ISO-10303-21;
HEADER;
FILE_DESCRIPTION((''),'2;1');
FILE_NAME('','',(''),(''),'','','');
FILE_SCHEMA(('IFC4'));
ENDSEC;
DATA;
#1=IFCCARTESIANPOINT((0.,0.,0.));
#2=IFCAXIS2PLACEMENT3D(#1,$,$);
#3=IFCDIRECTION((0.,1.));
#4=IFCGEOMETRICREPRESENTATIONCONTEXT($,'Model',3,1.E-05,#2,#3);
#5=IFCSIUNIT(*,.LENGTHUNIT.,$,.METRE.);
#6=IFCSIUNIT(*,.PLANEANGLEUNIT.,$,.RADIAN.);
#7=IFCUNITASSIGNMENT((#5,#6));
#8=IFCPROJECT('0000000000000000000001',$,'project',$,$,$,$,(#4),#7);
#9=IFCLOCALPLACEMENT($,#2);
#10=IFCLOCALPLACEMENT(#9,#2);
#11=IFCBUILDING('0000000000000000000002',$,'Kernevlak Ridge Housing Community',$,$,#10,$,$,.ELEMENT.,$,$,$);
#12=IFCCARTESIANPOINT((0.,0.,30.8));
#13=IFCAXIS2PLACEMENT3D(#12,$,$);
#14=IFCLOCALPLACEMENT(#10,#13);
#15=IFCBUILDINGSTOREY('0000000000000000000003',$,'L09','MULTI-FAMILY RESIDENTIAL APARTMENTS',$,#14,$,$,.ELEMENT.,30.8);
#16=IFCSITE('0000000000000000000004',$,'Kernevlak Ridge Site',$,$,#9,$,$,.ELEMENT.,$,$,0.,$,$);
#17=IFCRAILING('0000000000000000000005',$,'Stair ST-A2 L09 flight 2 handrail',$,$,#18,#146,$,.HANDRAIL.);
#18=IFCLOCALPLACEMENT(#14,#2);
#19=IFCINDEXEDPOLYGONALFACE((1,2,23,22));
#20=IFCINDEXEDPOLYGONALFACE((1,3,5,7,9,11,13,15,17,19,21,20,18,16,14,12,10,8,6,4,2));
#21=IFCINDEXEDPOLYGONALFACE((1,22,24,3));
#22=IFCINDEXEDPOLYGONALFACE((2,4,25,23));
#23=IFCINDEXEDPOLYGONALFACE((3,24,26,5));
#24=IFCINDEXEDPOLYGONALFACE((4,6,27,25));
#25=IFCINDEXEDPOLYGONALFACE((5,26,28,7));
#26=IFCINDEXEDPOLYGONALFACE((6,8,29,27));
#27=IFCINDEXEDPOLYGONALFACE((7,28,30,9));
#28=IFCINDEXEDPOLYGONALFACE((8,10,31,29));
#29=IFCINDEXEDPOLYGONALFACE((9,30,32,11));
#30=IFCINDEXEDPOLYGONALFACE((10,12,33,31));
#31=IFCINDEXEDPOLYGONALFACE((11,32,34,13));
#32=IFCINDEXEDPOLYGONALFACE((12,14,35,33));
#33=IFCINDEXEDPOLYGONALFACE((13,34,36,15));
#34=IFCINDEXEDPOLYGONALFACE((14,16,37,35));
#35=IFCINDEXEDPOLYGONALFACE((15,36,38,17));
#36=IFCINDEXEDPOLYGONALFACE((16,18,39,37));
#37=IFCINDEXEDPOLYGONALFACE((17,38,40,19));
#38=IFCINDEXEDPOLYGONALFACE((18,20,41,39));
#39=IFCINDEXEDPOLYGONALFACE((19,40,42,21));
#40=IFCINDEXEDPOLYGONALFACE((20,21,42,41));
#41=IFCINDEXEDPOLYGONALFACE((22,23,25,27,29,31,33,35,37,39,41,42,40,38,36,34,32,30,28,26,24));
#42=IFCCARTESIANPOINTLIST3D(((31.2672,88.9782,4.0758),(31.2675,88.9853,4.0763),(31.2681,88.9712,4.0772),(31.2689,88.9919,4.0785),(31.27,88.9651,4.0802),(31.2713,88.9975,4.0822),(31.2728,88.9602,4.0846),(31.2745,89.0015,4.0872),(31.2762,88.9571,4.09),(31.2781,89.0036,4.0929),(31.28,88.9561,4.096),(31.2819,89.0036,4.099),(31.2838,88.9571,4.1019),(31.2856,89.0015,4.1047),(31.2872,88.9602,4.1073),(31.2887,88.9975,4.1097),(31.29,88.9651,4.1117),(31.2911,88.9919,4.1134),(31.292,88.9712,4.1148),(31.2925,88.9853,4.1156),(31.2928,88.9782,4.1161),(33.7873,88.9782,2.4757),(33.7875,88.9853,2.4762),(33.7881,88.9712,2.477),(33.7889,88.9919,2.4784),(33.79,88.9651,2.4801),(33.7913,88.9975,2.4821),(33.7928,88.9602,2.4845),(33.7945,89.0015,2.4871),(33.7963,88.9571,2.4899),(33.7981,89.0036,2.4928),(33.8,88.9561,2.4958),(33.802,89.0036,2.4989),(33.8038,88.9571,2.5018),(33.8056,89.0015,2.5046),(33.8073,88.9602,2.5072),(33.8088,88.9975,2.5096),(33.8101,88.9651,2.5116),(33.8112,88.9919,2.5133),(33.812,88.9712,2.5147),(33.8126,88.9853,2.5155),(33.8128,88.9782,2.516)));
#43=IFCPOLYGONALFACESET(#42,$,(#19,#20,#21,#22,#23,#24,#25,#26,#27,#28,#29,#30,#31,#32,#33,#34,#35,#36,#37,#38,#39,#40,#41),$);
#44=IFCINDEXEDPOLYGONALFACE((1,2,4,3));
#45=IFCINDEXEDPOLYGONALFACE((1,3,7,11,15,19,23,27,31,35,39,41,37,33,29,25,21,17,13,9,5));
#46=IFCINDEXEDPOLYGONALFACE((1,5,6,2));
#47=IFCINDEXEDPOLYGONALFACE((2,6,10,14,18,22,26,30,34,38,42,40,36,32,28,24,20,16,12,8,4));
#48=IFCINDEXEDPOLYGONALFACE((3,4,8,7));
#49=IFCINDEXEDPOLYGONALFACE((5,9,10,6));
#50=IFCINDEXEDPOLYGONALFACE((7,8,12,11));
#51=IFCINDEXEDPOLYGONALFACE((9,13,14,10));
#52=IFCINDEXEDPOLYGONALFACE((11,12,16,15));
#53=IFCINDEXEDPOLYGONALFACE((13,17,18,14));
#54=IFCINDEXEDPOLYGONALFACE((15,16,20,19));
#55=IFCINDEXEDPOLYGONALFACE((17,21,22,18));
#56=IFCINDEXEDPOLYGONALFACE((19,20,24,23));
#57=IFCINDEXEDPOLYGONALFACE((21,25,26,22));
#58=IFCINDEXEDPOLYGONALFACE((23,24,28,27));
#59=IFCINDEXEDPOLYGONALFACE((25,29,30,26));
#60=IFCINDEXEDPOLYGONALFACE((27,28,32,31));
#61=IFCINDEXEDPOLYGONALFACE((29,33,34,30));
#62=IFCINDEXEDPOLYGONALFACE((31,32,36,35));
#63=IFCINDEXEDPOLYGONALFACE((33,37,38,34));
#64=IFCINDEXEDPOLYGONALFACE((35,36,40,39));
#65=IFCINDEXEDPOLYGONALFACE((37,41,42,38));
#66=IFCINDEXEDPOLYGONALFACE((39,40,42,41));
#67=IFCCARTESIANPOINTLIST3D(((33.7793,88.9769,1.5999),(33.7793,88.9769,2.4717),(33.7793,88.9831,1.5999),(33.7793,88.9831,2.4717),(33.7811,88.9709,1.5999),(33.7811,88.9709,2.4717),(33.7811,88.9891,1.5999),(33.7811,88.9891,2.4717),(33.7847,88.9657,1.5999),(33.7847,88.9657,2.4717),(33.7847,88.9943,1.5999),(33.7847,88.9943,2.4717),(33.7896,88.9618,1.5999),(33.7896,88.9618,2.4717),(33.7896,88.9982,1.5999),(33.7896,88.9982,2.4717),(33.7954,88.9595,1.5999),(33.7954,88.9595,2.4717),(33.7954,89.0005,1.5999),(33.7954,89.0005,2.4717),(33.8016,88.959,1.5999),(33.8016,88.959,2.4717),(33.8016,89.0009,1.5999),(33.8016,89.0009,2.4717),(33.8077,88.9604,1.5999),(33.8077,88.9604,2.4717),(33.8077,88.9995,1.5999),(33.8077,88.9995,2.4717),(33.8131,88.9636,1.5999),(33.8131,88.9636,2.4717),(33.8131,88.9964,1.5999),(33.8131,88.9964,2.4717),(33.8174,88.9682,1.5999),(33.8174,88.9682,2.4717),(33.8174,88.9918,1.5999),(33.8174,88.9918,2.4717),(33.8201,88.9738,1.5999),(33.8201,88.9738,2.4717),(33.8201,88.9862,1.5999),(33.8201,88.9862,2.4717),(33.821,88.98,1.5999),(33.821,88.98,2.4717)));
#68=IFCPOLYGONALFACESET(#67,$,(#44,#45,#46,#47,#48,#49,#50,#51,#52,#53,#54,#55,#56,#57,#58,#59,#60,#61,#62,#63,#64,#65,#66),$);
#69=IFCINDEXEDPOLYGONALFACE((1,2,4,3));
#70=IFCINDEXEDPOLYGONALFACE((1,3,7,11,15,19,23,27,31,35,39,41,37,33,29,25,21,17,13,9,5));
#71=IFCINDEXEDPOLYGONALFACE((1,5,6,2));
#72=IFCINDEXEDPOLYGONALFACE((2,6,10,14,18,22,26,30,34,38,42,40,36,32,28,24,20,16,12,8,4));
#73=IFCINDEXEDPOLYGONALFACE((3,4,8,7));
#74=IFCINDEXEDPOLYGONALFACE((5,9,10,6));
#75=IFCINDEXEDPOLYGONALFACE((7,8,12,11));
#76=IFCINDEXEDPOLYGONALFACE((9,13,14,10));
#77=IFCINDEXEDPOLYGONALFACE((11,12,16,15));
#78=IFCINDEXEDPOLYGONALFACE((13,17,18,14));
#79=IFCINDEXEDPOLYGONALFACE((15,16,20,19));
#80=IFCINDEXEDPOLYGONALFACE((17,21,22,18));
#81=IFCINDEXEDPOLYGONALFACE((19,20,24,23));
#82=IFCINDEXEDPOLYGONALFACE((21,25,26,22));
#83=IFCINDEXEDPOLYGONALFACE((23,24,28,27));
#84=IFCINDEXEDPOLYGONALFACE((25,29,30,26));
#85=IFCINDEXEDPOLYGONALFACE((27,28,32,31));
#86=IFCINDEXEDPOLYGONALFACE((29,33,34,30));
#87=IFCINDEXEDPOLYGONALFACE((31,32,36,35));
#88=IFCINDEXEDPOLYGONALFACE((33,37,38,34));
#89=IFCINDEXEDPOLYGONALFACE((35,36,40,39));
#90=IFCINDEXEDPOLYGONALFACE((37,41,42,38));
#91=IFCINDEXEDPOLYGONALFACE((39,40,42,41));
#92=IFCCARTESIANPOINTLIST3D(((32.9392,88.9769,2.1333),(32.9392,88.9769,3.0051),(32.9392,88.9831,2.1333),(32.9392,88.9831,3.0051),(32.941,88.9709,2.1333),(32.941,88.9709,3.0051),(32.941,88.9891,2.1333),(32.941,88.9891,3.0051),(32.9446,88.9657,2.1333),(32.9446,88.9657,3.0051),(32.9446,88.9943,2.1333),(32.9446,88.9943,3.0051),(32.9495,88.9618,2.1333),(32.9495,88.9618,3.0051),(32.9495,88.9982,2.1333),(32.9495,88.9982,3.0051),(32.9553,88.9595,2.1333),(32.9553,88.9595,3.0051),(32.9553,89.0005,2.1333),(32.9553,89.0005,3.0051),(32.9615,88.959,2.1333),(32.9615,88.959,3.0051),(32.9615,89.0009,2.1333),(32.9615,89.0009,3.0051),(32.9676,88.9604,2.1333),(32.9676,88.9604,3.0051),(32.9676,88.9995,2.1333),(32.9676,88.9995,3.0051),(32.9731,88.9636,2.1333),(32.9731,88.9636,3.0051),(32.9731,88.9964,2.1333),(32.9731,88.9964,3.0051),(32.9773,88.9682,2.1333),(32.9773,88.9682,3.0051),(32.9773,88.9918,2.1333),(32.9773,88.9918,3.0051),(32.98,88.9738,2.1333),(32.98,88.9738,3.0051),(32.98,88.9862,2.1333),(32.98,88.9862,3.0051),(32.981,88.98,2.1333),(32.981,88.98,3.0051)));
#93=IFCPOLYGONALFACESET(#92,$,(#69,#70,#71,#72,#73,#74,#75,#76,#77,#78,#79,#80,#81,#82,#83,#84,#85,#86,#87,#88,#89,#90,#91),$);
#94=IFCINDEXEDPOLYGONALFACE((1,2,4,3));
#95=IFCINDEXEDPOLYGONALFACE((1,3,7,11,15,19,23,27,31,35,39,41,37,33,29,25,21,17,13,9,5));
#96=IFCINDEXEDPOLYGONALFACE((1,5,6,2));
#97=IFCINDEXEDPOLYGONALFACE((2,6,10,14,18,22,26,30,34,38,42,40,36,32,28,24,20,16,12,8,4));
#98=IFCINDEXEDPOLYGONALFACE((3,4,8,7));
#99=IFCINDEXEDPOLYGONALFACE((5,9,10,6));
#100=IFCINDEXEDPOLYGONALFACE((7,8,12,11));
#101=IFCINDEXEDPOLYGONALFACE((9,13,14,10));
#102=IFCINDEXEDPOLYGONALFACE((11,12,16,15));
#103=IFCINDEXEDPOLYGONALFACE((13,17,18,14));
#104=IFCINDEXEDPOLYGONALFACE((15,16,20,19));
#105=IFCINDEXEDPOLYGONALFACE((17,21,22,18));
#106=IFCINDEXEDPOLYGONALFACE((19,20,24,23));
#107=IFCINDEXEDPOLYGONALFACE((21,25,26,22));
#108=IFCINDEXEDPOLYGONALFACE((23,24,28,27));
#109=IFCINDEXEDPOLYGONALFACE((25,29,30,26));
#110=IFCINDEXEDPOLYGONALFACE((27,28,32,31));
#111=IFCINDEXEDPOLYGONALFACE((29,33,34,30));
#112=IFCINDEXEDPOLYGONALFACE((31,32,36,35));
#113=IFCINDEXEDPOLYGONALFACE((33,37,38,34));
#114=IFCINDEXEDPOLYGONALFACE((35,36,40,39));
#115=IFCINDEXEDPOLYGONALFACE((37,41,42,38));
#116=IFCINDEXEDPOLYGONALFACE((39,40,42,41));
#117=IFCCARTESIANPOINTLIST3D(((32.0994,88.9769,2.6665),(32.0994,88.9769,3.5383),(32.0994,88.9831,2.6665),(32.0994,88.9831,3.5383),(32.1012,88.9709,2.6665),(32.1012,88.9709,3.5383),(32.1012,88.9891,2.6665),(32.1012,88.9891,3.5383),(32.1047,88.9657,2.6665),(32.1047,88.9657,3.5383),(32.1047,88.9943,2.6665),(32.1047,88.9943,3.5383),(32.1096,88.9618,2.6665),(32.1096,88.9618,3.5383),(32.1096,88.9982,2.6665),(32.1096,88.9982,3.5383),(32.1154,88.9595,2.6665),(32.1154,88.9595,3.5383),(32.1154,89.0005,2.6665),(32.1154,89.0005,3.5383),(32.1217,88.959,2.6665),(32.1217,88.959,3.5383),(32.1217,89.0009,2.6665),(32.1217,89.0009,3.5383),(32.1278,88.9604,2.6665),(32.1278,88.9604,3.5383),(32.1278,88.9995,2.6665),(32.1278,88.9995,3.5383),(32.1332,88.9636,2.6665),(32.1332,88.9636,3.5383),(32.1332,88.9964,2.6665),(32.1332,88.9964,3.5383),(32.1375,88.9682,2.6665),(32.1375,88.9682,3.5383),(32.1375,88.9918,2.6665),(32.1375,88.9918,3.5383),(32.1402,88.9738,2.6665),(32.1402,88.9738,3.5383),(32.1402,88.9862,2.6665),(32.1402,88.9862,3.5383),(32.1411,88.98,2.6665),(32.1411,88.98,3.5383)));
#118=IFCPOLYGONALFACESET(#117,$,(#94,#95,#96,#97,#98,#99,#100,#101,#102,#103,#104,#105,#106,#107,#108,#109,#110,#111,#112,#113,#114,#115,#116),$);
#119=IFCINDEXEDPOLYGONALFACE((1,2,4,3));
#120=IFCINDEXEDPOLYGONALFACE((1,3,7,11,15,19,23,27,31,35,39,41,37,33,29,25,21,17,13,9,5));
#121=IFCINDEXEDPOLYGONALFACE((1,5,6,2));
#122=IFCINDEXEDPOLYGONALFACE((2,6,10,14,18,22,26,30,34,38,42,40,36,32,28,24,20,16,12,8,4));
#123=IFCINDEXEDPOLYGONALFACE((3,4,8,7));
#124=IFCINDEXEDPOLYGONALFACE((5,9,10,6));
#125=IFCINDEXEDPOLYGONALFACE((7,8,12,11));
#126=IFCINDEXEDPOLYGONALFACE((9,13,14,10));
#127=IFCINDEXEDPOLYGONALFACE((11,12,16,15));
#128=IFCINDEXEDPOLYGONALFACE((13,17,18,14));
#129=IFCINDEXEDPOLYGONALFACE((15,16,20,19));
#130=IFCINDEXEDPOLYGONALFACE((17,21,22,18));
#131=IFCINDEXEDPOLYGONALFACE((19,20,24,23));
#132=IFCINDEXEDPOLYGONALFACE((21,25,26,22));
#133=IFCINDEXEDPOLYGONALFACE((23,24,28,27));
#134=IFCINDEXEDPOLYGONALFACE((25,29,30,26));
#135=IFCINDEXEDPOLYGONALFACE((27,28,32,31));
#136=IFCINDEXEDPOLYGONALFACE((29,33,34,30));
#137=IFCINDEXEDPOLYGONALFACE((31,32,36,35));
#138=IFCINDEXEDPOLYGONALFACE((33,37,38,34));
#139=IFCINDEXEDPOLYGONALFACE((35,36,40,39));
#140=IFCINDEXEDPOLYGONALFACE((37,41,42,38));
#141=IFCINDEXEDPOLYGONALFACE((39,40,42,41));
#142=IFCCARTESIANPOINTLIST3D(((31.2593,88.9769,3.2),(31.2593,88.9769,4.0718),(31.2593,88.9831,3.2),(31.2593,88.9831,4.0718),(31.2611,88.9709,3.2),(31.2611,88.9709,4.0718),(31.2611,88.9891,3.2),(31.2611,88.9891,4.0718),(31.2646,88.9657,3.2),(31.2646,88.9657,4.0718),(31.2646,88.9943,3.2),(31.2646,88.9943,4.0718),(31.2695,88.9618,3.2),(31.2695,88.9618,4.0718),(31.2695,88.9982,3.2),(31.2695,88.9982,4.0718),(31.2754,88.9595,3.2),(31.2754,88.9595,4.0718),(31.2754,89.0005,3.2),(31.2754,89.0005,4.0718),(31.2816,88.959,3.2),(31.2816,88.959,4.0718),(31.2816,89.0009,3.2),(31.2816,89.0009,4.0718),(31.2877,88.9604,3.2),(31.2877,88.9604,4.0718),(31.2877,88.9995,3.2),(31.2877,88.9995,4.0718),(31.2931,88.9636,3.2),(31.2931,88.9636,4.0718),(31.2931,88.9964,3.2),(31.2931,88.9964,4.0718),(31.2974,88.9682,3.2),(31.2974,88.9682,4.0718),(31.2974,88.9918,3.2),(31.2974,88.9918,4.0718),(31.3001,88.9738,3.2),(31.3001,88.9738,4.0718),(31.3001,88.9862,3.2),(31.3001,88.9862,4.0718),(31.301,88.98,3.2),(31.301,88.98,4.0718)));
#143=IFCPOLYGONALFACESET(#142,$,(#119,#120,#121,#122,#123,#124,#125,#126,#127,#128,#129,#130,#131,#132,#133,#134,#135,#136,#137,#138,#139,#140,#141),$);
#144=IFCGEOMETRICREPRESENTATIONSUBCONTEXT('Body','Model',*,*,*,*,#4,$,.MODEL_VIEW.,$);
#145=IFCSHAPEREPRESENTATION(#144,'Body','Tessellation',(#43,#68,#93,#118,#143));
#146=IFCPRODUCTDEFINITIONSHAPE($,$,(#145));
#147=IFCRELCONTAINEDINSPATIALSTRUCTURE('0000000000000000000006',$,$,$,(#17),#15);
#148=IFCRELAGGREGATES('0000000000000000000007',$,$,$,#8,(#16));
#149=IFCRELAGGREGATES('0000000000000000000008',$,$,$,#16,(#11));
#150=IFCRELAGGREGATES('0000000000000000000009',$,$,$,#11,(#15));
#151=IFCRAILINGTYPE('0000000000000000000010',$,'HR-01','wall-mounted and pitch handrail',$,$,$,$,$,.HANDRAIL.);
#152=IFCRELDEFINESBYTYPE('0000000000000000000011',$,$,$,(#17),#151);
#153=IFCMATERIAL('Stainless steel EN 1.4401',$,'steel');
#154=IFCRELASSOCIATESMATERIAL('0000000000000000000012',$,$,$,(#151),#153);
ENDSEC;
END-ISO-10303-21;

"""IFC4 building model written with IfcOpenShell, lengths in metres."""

from ifc_helpers import new_model, si_unit, direction, frame, origin, origin_2d, place, context, subcontext, project, spatial, circle, extrude, material, type_object, element, save


model = new_model("IFC4")

# Units and contexts
model_context = context("Model", 3, precision=1e-05, world=origin(), true_north=direction((0.0, 1.0)))
body_context = subcontext(model_context, "Body", "Model", "MODEL_VIEW")
ifc_project = project(units=[si_unit("LENGTHUNIT", "METRE"), si_unit("PLANEANGLEUNIT", "RADIAN")], contexts=[model_context])

# Site, building, storey
site_placement = place(None, origin())
site = spatial("IfcSite", under=ifc_project, at=site_placement, Name="Kernevlak Ridge Site", CompositionType="ELEMENT", RefElevation=0.0)
building_placement = place(site_placement, origin())
building = spatial("IfcBuilding", under=site, at=building_placement, Name="Kernevlak Ridge Housing Community", CompositionType="ELEMENT")
storey_placement = place(building_placement, frame((0.0, 0.0, 30.8)))
storey = spatial("IfcBuildingStorey", under=building, at=storey_placement, Name="L09", Description="MULTI-FAMILY RESIDENTIAL APARTMENTS", CompositionType="ELEMENT", Elevation=30.8)

# Railing
ifc_material_1 = material(Name="Stainless steel EN 1.4401", Category="steel")
railing_type_1 = type_object("IfcRailingType", Name="HR-01", Description="wall-mounted and pitch handrail", PredefinedType="HANDRAIL", material=ifc_material_1)
railing_1_placement = place(storey_placement, frame((33.8, 88.98, 1.5999)))
element("IfcRailing", 1, at=railing_1_placement, inside=storey, type_object=railing_type_1, Name="Stair ST-A2 L09 flight 2 handrail", PredefinedType="HANDRAIL", context=body_context, shape_type="SweptSolid", body=[
    extrude(circle(Radius=0.0239, at=origin_2d()), frame((0.0, 0.0, 0.896), z_axis=(-0.8442, 0.0, 0.536028), x_axis=(0.0, -1.0, 0.0)), (0.0, 0.0, 1.0), 2.9851),
    extrude(circle(Radius=0.021, at=origin_2d()), origin(), (0.0, 0.0, 1.0), 0.8718),
    extrude(circle(Radius=0.021, at=origin_2d()), frame((-0.8401, 0.0, 0.5334)), (0.0, 0.0, 1.0), 0.8718),
    extrude(circle(Radius=0.021, at=origin_2d()), frame((-1.6799, 0.0, 1.0667)), (0.0, 0.0, 1.0), 0.8718),
    extrude(circle(Radius=0.021, at=origin_2d()), frame((-2.52, 0.0, 1.6001)), (0.0, 0.0, 1.0), 0.8718),
])

save(model, "model.ifc")
